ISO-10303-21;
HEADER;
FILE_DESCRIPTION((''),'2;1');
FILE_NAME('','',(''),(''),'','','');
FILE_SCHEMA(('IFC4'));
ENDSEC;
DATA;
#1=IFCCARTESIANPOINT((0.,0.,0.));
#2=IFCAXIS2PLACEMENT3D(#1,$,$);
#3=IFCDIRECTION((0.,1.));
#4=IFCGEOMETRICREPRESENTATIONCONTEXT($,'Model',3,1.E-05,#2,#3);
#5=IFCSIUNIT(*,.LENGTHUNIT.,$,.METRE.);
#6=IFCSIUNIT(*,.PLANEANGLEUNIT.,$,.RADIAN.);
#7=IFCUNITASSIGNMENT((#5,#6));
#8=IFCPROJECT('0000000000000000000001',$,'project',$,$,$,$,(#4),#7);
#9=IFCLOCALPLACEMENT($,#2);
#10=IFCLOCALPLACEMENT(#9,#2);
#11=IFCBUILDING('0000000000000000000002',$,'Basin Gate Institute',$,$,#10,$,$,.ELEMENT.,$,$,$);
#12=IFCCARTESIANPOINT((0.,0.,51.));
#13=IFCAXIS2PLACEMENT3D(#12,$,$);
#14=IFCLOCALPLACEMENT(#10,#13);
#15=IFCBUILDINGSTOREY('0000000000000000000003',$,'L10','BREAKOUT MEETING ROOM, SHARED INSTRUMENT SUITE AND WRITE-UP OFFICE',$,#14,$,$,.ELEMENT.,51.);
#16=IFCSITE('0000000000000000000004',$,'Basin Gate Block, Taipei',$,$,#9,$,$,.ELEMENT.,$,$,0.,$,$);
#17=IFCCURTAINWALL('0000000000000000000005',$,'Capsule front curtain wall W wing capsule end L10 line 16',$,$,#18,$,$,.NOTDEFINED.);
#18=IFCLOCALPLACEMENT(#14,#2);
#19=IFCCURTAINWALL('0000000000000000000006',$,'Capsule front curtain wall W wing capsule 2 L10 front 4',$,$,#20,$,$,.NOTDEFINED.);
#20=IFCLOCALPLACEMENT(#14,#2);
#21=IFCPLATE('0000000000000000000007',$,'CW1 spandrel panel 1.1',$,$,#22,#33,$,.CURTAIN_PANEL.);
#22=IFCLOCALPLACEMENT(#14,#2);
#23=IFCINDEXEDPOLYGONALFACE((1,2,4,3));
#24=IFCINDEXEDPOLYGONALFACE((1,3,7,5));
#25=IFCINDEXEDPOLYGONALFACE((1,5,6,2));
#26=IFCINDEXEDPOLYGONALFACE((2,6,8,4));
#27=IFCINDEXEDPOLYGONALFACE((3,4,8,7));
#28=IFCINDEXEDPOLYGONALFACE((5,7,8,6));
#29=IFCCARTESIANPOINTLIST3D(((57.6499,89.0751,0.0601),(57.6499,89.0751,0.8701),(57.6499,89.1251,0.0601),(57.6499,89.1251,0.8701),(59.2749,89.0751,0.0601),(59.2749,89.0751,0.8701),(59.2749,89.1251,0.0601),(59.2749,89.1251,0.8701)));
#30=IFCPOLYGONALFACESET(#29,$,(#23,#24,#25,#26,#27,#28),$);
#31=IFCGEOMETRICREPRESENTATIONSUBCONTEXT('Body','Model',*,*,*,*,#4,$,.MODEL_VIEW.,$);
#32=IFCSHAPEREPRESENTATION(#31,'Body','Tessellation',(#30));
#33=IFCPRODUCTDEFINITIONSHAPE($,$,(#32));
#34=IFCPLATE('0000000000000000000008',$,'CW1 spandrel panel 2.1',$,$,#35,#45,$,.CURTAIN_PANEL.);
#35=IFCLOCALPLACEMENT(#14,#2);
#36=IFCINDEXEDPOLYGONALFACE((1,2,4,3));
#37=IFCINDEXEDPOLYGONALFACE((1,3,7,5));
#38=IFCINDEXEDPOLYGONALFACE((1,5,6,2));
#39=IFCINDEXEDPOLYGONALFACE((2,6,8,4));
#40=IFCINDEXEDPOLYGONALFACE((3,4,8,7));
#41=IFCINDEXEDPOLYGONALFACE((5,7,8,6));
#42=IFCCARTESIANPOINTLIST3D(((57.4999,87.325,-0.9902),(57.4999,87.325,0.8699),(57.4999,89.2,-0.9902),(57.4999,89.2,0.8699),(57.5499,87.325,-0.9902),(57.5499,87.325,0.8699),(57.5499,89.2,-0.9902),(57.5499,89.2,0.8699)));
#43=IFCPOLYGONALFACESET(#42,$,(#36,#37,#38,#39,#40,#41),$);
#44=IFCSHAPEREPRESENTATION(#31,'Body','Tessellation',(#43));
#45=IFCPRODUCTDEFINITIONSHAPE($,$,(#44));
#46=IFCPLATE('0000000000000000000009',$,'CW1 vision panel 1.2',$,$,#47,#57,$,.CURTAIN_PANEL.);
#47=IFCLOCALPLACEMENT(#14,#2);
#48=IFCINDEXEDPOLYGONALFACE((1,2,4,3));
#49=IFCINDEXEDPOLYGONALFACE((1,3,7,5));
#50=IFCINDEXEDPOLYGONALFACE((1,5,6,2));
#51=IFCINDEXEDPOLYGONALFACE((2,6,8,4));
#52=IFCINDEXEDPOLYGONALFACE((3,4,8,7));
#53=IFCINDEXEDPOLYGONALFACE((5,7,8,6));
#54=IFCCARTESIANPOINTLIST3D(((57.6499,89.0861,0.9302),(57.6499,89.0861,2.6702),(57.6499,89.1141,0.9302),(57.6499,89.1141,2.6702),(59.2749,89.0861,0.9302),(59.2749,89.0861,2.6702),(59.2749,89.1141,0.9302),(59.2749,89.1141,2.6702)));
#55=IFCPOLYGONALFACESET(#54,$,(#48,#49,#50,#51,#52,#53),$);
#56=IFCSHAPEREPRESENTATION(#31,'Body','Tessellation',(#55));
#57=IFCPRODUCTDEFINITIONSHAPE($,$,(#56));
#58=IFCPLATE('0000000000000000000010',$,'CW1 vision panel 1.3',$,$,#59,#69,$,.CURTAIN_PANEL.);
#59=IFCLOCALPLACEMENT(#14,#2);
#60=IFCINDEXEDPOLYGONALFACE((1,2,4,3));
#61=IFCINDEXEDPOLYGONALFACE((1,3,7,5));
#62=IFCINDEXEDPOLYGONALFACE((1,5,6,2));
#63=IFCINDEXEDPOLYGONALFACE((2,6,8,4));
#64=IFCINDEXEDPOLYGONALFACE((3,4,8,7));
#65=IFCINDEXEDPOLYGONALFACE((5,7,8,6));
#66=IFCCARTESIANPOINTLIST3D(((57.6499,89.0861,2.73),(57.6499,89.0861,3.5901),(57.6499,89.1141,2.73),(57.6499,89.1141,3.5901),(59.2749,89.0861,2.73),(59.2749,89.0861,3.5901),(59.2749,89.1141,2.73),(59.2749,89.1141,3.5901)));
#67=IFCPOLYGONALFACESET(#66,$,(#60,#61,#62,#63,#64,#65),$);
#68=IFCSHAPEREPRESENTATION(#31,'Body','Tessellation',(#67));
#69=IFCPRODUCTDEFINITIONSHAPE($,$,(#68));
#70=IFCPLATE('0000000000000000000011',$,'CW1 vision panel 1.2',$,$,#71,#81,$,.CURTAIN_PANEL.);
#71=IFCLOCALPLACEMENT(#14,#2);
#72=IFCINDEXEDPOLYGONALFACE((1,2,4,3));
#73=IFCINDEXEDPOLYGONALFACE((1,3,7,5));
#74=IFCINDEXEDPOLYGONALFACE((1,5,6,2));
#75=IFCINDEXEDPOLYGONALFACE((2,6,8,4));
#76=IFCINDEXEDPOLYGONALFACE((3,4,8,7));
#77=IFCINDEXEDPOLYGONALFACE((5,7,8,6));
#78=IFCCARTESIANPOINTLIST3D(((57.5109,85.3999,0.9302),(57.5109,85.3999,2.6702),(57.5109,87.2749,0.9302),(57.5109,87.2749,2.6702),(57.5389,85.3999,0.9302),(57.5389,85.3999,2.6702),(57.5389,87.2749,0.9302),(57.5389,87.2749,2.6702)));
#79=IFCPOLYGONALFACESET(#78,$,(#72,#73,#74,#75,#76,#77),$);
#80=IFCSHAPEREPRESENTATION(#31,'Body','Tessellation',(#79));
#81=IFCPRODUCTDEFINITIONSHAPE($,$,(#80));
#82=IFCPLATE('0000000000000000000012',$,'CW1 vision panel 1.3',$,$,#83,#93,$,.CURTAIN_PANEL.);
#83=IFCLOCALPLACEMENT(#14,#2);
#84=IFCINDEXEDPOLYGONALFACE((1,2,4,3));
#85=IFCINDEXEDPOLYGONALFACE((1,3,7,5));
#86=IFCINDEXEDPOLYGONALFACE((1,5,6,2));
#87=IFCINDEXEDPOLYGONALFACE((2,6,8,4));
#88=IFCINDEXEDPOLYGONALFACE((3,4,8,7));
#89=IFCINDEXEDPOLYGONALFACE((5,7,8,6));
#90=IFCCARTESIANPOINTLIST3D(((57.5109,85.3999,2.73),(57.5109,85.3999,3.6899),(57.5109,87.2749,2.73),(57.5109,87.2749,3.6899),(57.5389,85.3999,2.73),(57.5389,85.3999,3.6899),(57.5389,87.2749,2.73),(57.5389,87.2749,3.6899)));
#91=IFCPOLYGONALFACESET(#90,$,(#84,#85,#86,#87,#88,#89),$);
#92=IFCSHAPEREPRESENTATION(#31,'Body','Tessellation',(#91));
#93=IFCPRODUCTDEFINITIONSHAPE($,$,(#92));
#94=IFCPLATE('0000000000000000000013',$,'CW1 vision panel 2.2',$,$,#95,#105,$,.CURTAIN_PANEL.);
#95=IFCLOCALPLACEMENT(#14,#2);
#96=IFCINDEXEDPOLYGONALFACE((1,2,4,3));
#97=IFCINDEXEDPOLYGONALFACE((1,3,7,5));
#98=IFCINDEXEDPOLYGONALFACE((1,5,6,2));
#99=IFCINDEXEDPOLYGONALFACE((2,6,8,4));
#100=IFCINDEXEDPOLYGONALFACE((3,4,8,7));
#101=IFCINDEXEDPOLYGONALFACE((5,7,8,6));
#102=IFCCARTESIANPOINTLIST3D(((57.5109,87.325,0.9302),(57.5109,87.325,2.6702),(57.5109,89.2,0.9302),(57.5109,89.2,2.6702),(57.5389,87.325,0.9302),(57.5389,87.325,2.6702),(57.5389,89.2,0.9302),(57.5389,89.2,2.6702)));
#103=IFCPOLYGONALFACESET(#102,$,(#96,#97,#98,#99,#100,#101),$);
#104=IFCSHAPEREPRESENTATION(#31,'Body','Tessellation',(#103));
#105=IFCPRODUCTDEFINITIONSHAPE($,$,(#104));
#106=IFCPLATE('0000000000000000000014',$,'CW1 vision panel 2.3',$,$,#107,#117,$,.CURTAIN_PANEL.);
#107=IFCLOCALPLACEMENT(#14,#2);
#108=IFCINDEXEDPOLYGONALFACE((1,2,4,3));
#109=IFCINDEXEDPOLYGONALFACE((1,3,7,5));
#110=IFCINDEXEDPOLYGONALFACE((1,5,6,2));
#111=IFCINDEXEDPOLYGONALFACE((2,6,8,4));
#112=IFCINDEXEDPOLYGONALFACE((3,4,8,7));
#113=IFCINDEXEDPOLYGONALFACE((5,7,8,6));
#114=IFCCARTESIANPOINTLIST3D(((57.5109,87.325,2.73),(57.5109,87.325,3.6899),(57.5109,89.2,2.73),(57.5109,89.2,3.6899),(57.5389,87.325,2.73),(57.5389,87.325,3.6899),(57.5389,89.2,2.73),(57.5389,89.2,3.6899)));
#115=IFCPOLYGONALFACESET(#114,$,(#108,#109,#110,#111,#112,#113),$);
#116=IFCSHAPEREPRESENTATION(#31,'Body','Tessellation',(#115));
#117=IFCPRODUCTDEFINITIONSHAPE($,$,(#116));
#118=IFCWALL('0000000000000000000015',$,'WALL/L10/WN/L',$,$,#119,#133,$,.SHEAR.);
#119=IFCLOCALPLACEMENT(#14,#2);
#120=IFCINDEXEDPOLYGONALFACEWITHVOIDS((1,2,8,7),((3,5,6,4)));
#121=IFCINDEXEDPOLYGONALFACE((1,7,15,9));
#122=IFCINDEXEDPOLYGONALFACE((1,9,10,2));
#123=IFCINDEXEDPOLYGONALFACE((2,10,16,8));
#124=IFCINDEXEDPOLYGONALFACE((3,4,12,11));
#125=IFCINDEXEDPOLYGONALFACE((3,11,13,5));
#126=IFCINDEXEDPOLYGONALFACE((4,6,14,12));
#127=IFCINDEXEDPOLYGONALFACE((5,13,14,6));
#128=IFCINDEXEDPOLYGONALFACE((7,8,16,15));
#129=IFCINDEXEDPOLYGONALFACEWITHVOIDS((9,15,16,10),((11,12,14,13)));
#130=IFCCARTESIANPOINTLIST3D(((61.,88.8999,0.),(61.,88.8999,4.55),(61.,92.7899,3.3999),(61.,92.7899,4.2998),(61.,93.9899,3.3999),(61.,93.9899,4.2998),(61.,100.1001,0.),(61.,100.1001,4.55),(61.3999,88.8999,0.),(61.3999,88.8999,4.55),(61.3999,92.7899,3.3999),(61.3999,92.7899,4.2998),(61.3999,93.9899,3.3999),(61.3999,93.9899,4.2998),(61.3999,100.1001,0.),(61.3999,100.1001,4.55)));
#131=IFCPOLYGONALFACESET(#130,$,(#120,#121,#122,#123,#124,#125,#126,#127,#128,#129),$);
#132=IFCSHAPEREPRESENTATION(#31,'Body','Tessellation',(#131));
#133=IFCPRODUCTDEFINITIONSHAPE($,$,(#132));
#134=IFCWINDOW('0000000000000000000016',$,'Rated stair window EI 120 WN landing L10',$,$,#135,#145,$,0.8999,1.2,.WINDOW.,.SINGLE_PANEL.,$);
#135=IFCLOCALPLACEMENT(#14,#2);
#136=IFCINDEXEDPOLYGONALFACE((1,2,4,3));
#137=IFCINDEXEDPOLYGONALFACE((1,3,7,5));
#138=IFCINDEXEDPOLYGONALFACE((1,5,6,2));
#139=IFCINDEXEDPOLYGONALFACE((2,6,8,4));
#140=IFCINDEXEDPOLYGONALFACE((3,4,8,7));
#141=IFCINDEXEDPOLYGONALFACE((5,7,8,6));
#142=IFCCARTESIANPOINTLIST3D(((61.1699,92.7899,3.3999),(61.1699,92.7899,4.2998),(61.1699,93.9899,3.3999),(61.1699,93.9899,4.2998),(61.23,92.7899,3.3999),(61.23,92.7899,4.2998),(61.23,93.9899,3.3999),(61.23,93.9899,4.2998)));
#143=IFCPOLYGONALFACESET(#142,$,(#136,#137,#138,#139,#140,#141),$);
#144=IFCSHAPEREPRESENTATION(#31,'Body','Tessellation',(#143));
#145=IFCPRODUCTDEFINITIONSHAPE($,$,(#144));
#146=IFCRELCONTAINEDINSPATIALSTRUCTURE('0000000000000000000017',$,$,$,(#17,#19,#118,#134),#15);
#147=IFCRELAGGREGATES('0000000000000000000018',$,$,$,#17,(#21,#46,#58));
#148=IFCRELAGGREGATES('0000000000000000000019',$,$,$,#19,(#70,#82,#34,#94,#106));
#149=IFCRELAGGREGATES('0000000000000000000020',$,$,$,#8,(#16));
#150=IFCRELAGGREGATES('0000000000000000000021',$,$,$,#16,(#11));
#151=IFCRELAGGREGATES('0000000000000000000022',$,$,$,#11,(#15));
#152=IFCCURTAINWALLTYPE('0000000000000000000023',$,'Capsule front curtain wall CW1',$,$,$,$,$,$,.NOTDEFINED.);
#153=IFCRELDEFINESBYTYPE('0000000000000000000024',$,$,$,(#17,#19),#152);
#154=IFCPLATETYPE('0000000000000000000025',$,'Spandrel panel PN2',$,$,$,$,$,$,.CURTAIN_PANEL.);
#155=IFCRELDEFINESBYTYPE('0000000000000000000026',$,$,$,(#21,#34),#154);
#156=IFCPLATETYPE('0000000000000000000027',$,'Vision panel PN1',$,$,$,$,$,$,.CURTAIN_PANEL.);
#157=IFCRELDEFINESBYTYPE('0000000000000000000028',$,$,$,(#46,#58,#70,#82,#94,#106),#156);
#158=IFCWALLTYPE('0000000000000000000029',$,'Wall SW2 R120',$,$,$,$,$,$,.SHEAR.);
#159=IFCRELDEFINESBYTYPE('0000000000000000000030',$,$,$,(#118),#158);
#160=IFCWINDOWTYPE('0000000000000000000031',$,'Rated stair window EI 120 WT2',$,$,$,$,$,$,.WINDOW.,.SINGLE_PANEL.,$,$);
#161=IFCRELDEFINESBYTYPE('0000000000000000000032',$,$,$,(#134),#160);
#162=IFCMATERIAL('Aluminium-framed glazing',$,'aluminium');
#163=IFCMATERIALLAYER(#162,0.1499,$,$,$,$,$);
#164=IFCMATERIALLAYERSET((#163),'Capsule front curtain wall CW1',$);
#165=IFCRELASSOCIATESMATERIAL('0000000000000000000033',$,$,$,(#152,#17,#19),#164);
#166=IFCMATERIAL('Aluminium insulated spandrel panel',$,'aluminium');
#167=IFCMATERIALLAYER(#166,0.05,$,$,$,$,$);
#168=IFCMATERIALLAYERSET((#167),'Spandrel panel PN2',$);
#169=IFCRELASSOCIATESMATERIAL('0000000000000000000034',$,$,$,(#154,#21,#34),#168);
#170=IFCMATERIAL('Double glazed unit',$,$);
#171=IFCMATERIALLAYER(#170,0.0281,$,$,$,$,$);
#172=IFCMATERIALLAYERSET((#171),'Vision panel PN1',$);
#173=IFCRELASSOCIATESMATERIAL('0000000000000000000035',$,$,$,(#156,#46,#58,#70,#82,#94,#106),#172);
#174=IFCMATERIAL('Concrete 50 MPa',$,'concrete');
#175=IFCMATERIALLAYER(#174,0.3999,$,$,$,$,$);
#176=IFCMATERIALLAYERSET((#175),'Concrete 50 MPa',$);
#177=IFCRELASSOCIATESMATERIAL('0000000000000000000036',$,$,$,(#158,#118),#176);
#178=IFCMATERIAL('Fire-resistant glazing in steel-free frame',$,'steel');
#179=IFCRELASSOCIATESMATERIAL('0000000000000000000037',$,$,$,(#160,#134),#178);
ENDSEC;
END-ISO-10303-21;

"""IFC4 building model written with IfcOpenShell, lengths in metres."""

from ifc_helpers import new_model, si_unit, direction, frame, frame_2d, origin, origin_2d, place, context, subcontext, project, spatial, rectangle, extrude, material, layer, layer_set, type_object, element, fill, aggregate, save


model = new_model("IFC4")

# Units and contexts
model_context = context("Model", 3, precision=1e-05, world=origin(), true_north=direction((0.0, 1.0)))
body_context = subcontext(model_context, "Body", "Model", "MODEL_VIEW")
ifc_project = project(units=[si_unit("LENGTHUNIT", "METRE"), si_unit("PLANEANGLEUNIT", "RADIAN")], contexts=[model_context])

# Site, building, storey
site_placement = place(None, origin())
site = spatial("IfcSite", under=ifc_project, at=site_placement, Name="Basin Gate Block, Taipei", CompositionType="ELEMENT", RefElevation=0.0)
building_placement = place(site_placement, origin())
building = spatial("IfcBuilding", under=site, at=building_placement, Name="Basin Gate Institute", CompositionType="ELEMENT")
storey_placement = place(building_placement, frame((0.0, 0.0, 51.0)))
storey = spatial("IfcBuildingStorey", under=building, at=storey_placement, Name="L10", Description="BREAKOUT MEETING ROOM, SHARED INSTRUMENT SUITE AND WRITE-UP OFFICE", CompositionType="ELEMENT", Elevation=51.0)

# Curtain wall
ifc_material_1 = material(Name="Aluminium-framed glazing", Category="aluminium")
ifc_layer_1 = layer(ifc_material_1, 0.1499)
ifc_layer_set_1 = layer_set([ifc_layer_1], Name="Capsule front curtain wall CW1")
curtain_wall_type = type_object("IfcCurtainWallType", Name="Capsule front curtain wall CW1", PredefinedType="NOTDEFINED", material=ifc_layer_set_1)
curtain_wall_1_placement = place(storey_placement, origin())
curtain_wall_1 = element("IfcCurtainWall", 1, at=curtain_wall_1_placement, inside=storey, type_object=curtain_wall_type, material=ifc_layer_set_1, Name="Capsule front curtain wall W wing capsule end L10 line 16", PredefinedType="NOTDEFINED")

# Curtain wall
curtain_wall_2_placement = place(storey_placement, origin())
curtain_wall_2 = element("IfcCurtainWall", 2, at=curtain_wall_2_placement, inside=storey, type_object=curtain_wall_type, material=ifc_layer_set_1, Name="Capsule front curtain wall W wing capsule 2 L10 front 4", PredefinedType="NOTDEFINED")

# Plates
ifc_material_2 = material(Name="Aluminium insulated spandrel panel", Category="aluminium")
ifc_layer_2 = layer(ifc_material_2, 0.05)
ifc_layer_set_2 = layer_set([ifc_layer_2], Name="Spandrel panel PN2")
plate_type_1 = type_object("IfcPlateType", Name="Spandrel panel PN2", PredefinedType="CURTAIN_PANEL", material=ifc_layer_set_2)
plate_1_placement = place(storey_placement, frame((58.4624, 89.1001, 0.0601), z_axis=(0.0, 0.0, 1.0), x_axis=(1.0, 0.0, 0.0)))
plate_1 = element("IfcPlate", 3, at=plate_1_placement, type_object=plate_type_1, material=ifc_layer_set_2, Name="CW1 spandrel panel 1.1", PredefinedType="CURTAIN_PANEL", context=body_context, shape_type="SweptSolid", body=[
    extrude(rectangle(XDim=1.625, YDim=0.05, at=origin_2d()), origin(), (0.0, 0.0, 1.0), 0.8101),
])
plate_2_placement = place(storey_placement, frame((57.5249, 88.2625, -0.9902), z_axis=(0.0, 0.0, 1.0), x_axis=(0.0, 1.0, 0.0)))
plate_2 = element("IfcPlate", 4, at=plate_2_placement, type_object=plate_type_1, material=ifc_layer_set_2, Name="CW1 spandrel panel 2.1", PredefinedType="CURTAIN_PANEL", context=body_context, shape_type="SweptSolid", body=[
    extrude(rectangle(XDim=1.875, YDim=0.05, at=origin_2d()), origin(), (0.0, 0.0, 1.0), 1.8601),
])
ifc_material_3 = material(Name="Double glazed unit")
ifc_layer_3 = layer(ifc_material_3, 0.0281)
ifc_layer_set_3 = layer_set([ifc_layer_3], Name="Vision panel PN1")
plate_type_2 = type_object("IfcPlateType", Name="Vision panel PN1", PredefinedType="CURTAIN_PANEL", material=ifc_layer_set_3)
plate_3_placement = place(storey_placement, frame((58.4624, 89.1001, 0.9302), z_axis=(0.0, 0.0, 1.0), x_axis=(1.0, 0.0, 0.0)))
plate_3 = element("IfcPlate", 5, at=plate_3_placement, type_object=plate_type_2, material=ifc_layer_set_3, Name="CW1 vision panel 1.2", PredefinedType="CURTAIN_PANEL", context=body_context, shape_type="SweptSolid", body=[
    extrude(rectangle(XDim=1.625, YDim=0.0281, at=origin_2d()), origin(), (0.0, 0.0, 1.0), 1.74),
])
plate_4_placement = place(storey_placement, frame((58.4624, 89.1001, 2.73), z_axis=(0.0, 0.0, 1.0), x_axis=(1.0, 0.0, 0.0)))
plate_4 = element("IfcPlate", 6, at=plate_4_placement, type_object=plate_type_2, material=ifc_layer_set_3, Name="CW1 vision panel 1.3", PredefinedType="CURTAIN_PANEL", context=body_context, shape_type="SweptSolid", body=[
    extrude(rectangle(XDim=1.625, YDim=0.0281, at=origin_2d()), origin(), (0.0, 0.0, 1.0), 0.8601),
])
aggregate(curtain_wall_1, [plate_1, plate_3, plate_4])
plate_5_placement = place(storey_placement, frame((57.5249, 86.3374, 0.9302), z_axis=(0.0, 0.0, 1.0), x_axis=(0.0, 1.0, 0.0)))
plate_5 = element("IfcPlate", 7, at=plate_5_placement, type_object=plate_type_2, material=ifc_layer_set_3, Name="CW1 vision panel 1.2", PredefinedType="CURTAIN_PANEL", context=body_context, shape_type="SweptSolid", body=[
    extrude(rectangle(XDim=1.875, YDim=0.0281, at=origin_2d()), origin(), (0.0, 0.0, 1.0), 1.74),
])
plate_6_placement = place(storey_placement, frame((57.5249, 86.3374, 2.73), z_axis=(0.0, 0.0, 1.0), x_axis=(0.0, 1.0, 0.0)))
plate_6 = element("IfcPlate", 8, at=plate_6_placement, type_object=plate_type_2, material=ifc_layer_set_3, Name="CW1 vision panel 1.3", PredefinedType="CURTAIN_PANEL", context=body_context, shape_type="SweptSolid", body=[
    extrude(rectangle(XDim=1.875, YDim=0.0281, at=origin_2d()), origin(), (0.0, 0.0, 1.0), 0.96),
])
plate_7_placement = place(storey_placement, frame((57.5249, 88.2625, 0.9302), z_axis=(0.0, 0.0, 1.0), x_axis=(0.0, 1.0, 0.0)))
plate_7 = element("IfcPlate", 9, at=plate_7_placement, type_object=plate_type_2, material=ifc_layer_set_3, Name="CW1 vision panel 2.2", PredefinedType="CURTAIN_PANEL", context=body_context, shape_type="SweptSolid", body=[
    extrude(rectangle(XDim=1.875, YDim=0.0281, at=origin_2d()), origin(), (0.0, 0.0, 1.0), 1.74),
])
plate_8_placement = place(storey_placement, frame((57.5249, 88.2625, 2.73), z_axis=(0.0, 0.0, 1.0), x_axis=(0.0, 1.0, 0.0)))
plate_8 = element("IfcPlate", 10, at=plate_8_placement, type_object=plate_type_2, material=ifc_layer_set_3, Name="CW1 vision panel 2.3", PredefinedType="CURTAIN_PANEL", context=body_context, shape_type="SweptSolid", body=[
    extrude(rectangle(XDim=1.875, YDim=0.0281, at=origin_2d()), origin(), (0.0, 0.0, 1.0), 0.96),
])
aggregate(curtain_wall_2, [plate_5, plate_6, plate_2, plate_7, plate_8])

# Wall, opening, window
ifc_material_4 = material(Name="Concrete 50 MPa", Category="concrete")
ifc_layer_4 = layer(ifc_material_4, 0.3999)
ifc_layer_set_4 = layer_set([ifc_layer_4], Name="Concrete 50 MPa")
wall_type = type_object("IfcWallType", Name="Wall SW2 R120", PredefinedType="SHEAR", material=ifc_layer_set_4)
wall_1_placement = place(storey_placement, frame((61.2, 88.8999, 0.0), z_axis=(0.0, 0.0, 1.0), x_axis=(0.0, 1.0, 0.0)))
wall_1 = element("IfcWall", 11, at=wall_1_placement, inside=storey, type_object=wall_type, material=ifc_layer_set_4, Name="WALL/L10/WN/L", PredefinedType="SHEAR", context=body_context, shape_type="SweptSolid", body=[
    extrude(rectangle(XDim=11.2002, YDim=0.3999, at=frame_2d((5.6001, 0.0))), origin(), (0.0, 0.0, 1.0), 4.55),
])
opening_1_placement = place(wall_1_placement, frame((3.8899, 0.0, 3.3999)))
opening_1 = element("IfcOpeningElement", 12, at=opening_1_placement, cuts=wall_1, PredefinedType="OPENING", context=body_context, shape_type="SweptSolid", body=[
    extrude(rectangle(XDim=1.2, YDim=0.8999, at=frame_2d((0.6001, 0.45))), frame((0.0, 0.21, 0.0), z_axis=(0.0, -1.0, 0.0), x_axis=(1.0, 0.0, 0.0)), (0.0, 0.0, 1.0), 0.4199),
])
ifc_material_5 = material(Name="Fire-resistant glazing in steel-free frame", Category="steel")
window_type = type_object("IfcWindowType", Name="Rated stair window EI 120 WT2", PartitioningType="SINGLE_PANEL", PredefinedType="WINDOW", material=ifc_material_5)
window_placement = place(opening_1_placement, origin())
window = element("IfcWindow", 13, at=window_placement, inside=storey, type_object=window_type, material=ifc_material_5, Name="Rated stair window EI 120 WN landing L10", OverallHeight=0.8999, OverallWidth=1.2, PartitioningType="SINGLE_PANEL", PredefinedType="WINDOW", context=body_context, shape_type="SweptSolid", body=[
    extrude(rectangle(XDim=1.2, YDim=0.8999, at=frame_2d((0.6001, 0.45))), frame((0.0, 0.03, 0.0), z_axis=(0.0, -1.0, 0.0), x_axis=(1.0, 0.0, 0.0)), (0.0, 0.0, 1.0), 0.0601),
])
fill(opening_1, window)

save(model, "model.ifc")
